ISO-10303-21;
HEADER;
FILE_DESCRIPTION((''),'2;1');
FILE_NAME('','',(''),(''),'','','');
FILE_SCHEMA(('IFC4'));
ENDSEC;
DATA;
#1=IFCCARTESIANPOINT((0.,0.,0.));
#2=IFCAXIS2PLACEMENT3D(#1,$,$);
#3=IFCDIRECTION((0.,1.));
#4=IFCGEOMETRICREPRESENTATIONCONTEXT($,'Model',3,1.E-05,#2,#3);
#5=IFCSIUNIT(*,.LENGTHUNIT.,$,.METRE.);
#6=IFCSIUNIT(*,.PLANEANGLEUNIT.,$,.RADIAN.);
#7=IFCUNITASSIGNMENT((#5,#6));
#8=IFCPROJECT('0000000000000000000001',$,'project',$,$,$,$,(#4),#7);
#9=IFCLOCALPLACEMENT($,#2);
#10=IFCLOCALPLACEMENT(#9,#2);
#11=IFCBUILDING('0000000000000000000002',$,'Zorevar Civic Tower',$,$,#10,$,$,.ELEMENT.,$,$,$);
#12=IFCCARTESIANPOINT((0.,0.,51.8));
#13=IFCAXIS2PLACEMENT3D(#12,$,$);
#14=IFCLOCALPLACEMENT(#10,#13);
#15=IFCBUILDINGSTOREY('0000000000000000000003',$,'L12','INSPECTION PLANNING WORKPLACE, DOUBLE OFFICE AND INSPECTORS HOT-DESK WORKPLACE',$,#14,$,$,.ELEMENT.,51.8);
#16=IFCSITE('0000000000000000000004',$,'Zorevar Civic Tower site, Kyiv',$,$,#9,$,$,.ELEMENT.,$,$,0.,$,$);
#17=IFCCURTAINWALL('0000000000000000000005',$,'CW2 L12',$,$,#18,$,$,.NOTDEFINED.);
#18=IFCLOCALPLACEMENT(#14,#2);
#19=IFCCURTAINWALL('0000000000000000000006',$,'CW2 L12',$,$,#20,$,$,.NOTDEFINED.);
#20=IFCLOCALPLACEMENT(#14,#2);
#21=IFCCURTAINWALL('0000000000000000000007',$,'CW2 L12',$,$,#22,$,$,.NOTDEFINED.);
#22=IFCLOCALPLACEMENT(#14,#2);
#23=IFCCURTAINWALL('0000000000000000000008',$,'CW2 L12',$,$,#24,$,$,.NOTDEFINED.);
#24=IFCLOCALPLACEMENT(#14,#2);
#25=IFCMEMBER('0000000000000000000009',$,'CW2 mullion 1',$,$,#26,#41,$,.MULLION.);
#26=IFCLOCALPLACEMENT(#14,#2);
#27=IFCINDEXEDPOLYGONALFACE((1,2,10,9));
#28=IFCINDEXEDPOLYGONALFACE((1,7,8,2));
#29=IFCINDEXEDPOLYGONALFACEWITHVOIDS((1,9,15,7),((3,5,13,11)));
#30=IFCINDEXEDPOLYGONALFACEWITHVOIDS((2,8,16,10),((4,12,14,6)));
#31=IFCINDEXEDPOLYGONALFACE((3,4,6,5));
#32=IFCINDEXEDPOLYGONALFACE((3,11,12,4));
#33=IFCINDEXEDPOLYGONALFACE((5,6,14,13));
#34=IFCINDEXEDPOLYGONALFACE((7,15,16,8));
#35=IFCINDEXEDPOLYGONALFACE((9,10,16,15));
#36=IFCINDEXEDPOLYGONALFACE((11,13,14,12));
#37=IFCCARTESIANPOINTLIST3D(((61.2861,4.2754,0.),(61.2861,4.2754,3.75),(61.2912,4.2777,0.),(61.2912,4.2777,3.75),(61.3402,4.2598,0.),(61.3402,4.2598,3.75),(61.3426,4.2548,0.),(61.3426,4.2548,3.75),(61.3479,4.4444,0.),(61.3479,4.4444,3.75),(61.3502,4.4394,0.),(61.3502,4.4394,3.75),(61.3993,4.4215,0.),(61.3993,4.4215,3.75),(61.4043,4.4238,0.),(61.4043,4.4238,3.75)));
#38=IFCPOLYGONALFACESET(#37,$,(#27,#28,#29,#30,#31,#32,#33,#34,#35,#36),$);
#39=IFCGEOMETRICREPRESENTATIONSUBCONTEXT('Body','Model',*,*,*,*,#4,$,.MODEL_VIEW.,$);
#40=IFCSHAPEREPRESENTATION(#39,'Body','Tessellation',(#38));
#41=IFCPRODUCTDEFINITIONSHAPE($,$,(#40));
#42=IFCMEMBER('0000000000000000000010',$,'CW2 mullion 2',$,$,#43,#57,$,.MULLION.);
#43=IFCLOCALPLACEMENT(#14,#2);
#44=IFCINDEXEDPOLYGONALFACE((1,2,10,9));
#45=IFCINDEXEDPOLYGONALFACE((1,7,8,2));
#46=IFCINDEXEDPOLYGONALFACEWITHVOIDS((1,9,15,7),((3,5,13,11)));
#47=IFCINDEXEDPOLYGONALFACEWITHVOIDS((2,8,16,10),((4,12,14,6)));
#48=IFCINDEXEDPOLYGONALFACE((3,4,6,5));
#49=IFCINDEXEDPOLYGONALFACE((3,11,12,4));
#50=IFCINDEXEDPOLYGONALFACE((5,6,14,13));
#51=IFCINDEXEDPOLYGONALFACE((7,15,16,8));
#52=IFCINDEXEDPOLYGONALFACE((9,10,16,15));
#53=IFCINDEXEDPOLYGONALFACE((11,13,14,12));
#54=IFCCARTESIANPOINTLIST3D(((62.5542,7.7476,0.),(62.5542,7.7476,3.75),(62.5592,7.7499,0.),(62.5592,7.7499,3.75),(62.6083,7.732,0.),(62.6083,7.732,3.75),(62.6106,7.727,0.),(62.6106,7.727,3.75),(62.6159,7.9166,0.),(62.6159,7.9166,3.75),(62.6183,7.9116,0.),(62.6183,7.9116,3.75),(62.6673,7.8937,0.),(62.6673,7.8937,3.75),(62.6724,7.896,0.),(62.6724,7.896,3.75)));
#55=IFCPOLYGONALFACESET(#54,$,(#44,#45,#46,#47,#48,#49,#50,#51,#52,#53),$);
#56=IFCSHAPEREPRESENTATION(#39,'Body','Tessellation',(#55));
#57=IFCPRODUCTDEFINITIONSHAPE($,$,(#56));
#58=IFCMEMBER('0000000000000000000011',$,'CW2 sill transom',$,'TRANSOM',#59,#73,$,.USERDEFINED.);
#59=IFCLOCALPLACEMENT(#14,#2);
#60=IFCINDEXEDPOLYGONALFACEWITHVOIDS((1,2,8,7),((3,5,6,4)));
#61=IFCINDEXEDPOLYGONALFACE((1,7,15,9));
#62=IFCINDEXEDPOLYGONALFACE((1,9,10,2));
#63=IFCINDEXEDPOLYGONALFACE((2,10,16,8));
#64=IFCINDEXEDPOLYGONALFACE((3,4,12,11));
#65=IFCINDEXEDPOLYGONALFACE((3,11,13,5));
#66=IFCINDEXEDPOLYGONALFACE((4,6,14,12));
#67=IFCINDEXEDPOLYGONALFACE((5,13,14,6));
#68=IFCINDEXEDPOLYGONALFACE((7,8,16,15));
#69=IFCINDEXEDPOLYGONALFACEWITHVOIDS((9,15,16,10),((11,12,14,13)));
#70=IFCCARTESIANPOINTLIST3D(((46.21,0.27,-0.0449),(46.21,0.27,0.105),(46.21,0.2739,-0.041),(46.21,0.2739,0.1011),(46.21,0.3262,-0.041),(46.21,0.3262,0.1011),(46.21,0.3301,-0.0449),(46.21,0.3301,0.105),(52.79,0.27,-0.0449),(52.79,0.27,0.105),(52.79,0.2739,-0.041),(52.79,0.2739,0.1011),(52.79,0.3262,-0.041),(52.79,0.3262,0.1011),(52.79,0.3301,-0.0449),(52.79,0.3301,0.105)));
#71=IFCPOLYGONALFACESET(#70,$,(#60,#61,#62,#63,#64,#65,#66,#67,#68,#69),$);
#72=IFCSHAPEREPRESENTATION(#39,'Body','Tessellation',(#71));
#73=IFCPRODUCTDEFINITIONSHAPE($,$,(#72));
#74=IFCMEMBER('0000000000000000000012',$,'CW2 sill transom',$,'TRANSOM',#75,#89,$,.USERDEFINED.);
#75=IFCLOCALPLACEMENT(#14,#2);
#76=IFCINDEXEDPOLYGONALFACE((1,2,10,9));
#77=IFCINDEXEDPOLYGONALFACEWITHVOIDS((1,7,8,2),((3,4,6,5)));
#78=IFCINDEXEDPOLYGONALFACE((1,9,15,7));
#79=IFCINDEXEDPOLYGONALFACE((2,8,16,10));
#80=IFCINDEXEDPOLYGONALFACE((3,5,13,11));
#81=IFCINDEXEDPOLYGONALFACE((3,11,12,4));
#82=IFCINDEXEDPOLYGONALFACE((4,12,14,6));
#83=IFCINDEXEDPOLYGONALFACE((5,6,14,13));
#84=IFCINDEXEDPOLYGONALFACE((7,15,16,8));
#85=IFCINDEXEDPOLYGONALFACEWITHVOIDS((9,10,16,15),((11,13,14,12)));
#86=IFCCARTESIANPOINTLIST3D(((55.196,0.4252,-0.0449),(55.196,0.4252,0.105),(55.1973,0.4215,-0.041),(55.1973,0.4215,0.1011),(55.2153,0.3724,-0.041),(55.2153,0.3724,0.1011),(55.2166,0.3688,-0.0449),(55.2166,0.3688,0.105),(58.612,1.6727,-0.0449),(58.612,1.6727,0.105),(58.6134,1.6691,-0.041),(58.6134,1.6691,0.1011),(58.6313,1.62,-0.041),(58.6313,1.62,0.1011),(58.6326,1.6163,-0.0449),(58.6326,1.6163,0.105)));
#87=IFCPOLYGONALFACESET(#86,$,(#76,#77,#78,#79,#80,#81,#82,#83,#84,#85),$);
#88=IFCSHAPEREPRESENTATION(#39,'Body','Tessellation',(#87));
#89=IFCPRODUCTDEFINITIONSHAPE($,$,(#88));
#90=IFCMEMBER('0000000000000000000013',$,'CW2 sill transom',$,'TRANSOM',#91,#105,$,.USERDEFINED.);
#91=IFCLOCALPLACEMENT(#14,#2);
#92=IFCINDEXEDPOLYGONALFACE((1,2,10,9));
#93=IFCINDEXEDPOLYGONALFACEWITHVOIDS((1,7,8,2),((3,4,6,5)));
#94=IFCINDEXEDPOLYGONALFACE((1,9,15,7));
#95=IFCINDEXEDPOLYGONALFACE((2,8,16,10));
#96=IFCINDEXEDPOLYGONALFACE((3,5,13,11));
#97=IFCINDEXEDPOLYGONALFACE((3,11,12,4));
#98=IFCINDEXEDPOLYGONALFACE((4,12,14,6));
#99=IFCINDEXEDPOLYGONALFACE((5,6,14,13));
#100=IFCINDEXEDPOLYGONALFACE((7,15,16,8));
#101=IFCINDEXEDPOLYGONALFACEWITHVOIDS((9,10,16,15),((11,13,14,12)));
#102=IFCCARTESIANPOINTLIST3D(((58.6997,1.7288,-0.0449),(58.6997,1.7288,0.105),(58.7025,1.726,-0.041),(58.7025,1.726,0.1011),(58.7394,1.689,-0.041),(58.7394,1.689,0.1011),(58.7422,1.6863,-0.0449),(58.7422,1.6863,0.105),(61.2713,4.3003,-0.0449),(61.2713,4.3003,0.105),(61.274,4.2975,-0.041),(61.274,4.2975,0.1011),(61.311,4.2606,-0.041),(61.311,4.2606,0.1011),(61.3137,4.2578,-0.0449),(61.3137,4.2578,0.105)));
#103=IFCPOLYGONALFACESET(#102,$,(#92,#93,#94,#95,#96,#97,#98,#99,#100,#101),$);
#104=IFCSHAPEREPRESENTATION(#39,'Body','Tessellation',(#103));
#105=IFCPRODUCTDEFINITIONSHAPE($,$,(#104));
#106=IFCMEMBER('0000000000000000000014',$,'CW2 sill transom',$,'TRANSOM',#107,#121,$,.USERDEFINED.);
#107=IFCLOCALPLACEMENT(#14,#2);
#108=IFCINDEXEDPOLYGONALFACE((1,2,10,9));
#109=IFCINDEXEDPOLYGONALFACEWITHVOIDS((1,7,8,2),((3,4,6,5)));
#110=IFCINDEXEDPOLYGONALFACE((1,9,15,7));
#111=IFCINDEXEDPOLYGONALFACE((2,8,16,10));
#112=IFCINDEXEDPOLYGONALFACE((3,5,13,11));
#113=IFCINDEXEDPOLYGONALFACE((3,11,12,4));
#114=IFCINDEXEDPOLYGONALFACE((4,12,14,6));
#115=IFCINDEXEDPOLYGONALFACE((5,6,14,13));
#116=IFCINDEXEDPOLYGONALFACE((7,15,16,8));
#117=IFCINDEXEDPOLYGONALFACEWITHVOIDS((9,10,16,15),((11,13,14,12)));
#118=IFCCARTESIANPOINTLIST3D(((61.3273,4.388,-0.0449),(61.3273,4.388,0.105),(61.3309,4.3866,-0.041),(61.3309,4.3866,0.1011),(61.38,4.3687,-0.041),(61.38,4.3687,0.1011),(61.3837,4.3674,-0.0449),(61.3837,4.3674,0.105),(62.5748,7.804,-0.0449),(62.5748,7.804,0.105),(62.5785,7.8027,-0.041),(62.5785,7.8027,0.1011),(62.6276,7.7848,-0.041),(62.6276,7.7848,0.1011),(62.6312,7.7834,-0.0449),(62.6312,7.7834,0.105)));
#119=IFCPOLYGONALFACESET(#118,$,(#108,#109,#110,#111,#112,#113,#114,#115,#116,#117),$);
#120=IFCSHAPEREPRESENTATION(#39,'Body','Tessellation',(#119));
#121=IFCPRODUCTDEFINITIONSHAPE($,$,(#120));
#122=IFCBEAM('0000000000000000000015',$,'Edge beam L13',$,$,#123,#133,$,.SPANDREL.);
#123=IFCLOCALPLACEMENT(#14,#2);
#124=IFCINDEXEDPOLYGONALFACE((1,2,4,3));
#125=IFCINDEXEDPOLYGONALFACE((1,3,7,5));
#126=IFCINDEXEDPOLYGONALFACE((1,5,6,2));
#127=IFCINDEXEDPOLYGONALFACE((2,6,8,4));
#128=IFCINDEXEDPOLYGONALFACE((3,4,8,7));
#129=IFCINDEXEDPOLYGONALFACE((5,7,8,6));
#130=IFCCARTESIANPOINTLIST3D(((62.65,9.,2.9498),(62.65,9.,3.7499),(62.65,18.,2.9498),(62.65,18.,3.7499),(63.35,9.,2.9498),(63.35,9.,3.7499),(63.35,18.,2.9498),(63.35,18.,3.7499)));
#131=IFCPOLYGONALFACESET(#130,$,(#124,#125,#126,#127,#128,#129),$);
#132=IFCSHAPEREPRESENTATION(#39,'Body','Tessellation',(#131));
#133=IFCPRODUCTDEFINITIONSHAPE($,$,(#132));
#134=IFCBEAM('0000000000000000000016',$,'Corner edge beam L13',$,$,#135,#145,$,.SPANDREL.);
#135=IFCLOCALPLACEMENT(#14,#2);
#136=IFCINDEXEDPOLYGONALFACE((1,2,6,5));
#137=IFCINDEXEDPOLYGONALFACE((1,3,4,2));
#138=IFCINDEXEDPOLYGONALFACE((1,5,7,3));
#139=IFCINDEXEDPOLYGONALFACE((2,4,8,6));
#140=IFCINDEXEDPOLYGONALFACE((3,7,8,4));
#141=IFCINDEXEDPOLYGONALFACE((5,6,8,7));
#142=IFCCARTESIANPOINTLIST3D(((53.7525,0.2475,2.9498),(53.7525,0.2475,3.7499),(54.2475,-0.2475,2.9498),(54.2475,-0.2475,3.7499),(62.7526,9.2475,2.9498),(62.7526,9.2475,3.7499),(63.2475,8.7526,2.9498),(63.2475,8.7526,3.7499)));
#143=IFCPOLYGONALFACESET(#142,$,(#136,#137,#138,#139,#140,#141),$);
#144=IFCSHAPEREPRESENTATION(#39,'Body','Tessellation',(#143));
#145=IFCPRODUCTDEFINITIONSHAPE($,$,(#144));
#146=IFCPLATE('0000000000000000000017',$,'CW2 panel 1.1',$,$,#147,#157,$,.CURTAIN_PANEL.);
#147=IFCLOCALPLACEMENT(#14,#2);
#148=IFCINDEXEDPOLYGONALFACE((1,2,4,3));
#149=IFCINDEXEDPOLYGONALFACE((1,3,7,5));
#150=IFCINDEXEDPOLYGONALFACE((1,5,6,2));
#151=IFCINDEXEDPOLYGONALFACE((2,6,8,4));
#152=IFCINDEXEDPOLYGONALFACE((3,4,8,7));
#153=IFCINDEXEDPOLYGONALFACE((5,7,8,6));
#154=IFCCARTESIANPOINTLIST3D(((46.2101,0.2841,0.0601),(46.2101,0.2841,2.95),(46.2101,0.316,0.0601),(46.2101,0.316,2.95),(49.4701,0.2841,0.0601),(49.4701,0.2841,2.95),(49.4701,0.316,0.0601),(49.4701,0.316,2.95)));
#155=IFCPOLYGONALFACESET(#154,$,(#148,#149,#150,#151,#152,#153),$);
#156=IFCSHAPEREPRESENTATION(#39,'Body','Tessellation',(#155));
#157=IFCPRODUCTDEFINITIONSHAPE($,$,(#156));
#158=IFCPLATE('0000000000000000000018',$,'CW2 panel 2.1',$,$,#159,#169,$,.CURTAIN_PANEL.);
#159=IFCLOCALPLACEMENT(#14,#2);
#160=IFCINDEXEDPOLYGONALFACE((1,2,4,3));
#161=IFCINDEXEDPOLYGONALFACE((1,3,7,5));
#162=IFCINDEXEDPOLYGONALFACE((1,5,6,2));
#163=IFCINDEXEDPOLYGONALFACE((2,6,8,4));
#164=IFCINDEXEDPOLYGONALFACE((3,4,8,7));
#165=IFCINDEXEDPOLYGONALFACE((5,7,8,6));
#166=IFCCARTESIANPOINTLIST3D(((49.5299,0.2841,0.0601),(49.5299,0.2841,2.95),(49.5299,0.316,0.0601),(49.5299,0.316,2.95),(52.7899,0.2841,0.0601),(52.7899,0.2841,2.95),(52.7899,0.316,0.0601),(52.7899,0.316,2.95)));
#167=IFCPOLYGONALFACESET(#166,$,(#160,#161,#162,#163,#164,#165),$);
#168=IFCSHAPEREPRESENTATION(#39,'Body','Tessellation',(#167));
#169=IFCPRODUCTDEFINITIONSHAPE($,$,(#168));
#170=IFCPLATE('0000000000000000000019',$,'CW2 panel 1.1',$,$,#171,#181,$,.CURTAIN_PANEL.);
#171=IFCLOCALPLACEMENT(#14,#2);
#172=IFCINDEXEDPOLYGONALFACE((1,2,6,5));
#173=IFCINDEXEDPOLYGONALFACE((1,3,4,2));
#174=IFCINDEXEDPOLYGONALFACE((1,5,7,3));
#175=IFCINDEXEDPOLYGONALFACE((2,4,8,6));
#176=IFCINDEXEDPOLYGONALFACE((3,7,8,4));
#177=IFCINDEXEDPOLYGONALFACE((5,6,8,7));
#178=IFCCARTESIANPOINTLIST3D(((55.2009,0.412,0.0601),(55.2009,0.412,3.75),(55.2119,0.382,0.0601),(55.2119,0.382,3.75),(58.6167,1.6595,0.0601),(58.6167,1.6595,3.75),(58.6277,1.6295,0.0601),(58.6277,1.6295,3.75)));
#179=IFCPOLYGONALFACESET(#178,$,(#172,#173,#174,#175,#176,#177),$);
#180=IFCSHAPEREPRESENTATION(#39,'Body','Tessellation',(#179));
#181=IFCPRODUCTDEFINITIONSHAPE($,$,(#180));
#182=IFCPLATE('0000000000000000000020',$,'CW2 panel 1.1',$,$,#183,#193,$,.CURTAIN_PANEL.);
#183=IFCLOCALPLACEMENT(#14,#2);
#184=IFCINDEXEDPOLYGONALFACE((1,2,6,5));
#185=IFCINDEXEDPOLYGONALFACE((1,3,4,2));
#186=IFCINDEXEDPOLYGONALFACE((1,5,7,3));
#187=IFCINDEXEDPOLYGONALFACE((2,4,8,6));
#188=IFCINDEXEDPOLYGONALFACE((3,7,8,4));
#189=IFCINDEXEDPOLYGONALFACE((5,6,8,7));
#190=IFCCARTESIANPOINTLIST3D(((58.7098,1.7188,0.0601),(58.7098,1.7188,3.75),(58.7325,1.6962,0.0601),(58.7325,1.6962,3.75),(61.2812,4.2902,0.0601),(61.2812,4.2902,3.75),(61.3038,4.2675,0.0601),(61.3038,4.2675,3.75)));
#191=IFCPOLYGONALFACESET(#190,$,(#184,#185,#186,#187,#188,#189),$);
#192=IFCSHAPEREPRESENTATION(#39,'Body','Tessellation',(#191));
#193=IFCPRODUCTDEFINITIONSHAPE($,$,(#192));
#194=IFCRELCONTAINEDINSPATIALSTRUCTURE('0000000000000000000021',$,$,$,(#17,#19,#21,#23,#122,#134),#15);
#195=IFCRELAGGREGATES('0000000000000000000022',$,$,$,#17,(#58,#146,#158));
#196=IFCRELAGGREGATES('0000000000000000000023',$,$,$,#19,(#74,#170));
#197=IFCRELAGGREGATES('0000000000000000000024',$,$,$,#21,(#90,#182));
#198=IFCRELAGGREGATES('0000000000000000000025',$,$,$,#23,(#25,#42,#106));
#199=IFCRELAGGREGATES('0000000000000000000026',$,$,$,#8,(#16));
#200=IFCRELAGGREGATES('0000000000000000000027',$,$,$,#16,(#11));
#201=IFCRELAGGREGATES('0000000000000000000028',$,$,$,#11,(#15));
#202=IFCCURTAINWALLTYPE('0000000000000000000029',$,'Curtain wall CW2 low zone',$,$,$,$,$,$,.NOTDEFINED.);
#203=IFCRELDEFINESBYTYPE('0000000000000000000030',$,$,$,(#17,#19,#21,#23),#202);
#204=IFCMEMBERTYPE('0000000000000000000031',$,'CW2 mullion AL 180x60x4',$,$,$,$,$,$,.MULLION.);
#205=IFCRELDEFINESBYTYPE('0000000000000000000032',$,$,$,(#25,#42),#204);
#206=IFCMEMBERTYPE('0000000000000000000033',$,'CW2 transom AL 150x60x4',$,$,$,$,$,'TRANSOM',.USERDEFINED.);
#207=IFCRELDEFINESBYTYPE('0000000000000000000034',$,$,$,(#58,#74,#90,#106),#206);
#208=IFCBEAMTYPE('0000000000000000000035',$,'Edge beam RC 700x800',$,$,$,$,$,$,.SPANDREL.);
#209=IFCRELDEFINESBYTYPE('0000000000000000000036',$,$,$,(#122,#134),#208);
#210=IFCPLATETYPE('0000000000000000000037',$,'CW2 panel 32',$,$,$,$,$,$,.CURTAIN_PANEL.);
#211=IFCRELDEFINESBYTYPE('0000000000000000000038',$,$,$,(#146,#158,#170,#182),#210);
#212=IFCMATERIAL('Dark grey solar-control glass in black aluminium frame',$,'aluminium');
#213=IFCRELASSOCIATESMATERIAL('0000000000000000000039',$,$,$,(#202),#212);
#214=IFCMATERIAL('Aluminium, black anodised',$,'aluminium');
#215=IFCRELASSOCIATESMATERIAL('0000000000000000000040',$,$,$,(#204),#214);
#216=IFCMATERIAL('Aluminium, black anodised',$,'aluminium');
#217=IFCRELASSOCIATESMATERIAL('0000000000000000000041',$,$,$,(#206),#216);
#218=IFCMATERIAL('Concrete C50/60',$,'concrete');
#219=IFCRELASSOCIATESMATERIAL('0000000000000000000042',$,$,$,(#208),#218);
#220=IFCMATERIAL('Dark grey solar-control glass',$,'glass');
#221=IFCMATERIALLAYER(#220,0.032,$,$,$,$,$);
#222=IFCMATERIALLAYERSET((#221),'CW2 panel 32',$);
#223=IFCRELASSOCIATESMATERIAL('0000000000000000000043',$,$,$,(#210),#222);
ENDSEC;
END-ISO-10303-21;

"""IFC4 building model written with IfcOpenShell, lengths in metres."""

from ifc_helpers import new_model, si_unit, direction, frame, origin, origin_2d, place, context, subcontext, project, spatial, rectangle, hollow_rectangle, extrude, material, layer, layer_set, material_profile, profile_set, type_object, element, aggregate, save


model = new_model("IFC4")

# Units and contexts
model_context = context("Model", 3, precision=1e-05, world=origin(), true_north=direction((0.0, 1.0)))
body_context = subcontext(model_context, "Body", "Model", "MODEL_VIEW")
ifc_project = project(units=[si_unit("LENGTHUNIT", "METRE"), si_unit("PLANEANGLEUNIT", "RADIAN")], contexts=[model_context])

# Site, building, storey
site_placement = place(None, origin())
site = spatial("IfcSite", under=ifc_project, at=site_placement, Name="Zorevar Civic Tower site, Kyiv", CompositionType="ELEMENT", RefElevation=0.0)
building_placement = place(site_placement, origin())
building = spatial("IfcBuilding", under=site, at=building_placement, Name="Zorevar Civic Tower", CompositionType="ELEMENT")
storey_placement = place(building_placement, frame((0.0, 0.0, 51.8)))
storey = spatial("IfcBuildingStorey", under=building, at=storey_placement, Name="L12", Description="INSPECTION PLANNING WORKPLACE, DOUBLE OFFICE AND INSPECTORS HOT-DESK WORKPLACE", CompositionType="ELEMENT", Elevation=51.8)

# Curtain walls, members
ifc_material_1 = material(Name="Dark grey solar-control glass in black aluminium frame", Category="aluminium")
curtain_wall_type = type_object("IfcCurtainWallType", Name="Curtain wall CW2 low zone", PredefinedType="NOTDEFINED", material=ifc_material_1)
curtain_wall_1_placement = place(storey_placement, origin())
curtain_wall_1 = element("IfcCurtainWall", 1, at=curtain_wall_1_placement, inside=storey, type_object=curtain_wall_type, Name="CW2 L12", PredefinedType="NOTDEFINED")
ifc_material_2 = material(Name="Aluminium, black anodised", Category="aluminium")
ifc_material_profile_1 = material_profile(ifc_material_2, hollow_rectangle(XDim=0.0601, YDim=0.1799, WallThickness=0.0039, at=origin_2d()), Name="AL 180x60x4")
ifc_profile_set_1 = profile_set([ifc_material_profile_1], Name="Aluminium, black anodised")
member_type_1 = type_object("IfcMemberType", Name="CW2 mullion AL 180x60x4", PredefinedType="MULLION", material=ifc_profile_set_1)
curtain_wall_2_placement = place(storey_placement, origin())
curtain_wall_2 = element("IfcCurtainWall", 2, at=curtain_wall_2_placement, inside=storey, type_object=curtain_wall_type, Name="CW2 L12", PredefinedType="NOTDEFINED")
curtain_wall_3_placement = place(storey_placement, origin())
curtain_wall_3 = element("IfcCurtainWall", 3, at=curtain_wall_3_placement, inside=storey, type_object=curtain_wall_type, Name="CW2 L12", PredefinedType="NOTDEFINED")
curtain_wall_4_placement = place(storey_placement, origin())
curtain_wall_4 = element("IfcCurtainWall", 4, at=curtain_wall_4_placement, inside=storey, type_object=curtain_wall_type, Name="CW2 L12", PredefinedType="NOTDEFINED")
member_1_placement = place(storey_placement, frame((61.3452, 4.3496, 0.0), z_axis=(0.0, 0.0, 1.0), x_axis=(-0.939313, 0.34306, 0.0)))
member_1 = element("IfcMember", 5, at=member_1_placement, type_object=member_type_1, Name="CW2 mullion 1", PredefinedType="MULLION", context=body_context, shape_type="SweptSolid", body=[
    extrude(hollow_rectangle(XDim=0.0601, YDim=0.1799, WallThickness=0.0039, at=origin_2d()), origin(), (0.0, 0.0, 1.0), 3.75),
])
member_2_placement = place(storey_placement, frame((62.6133, 7.8218, 0.0), z_axis=(0.0, 0.0, 1.0), x_axis=(-0.939313, 0.34306, 0.0)))
member_2 = element("IfcMember", 6, at=member_2_placement, type_object=member_type_1, Name="CW2 mullion 2", PredefinedType="MULLION", context=body_context, shape_type="SweptSolid", body=[
    extrude(hollow_rectangle(XDim=0.0601, YDim=0.1799, WallThickness=0.0039, at=origin_2d()), origin(), (0.0, 0.0, 1.0), 3.75),
])

# Members
ifc_material_3 = material(Name="Aluminium, black anodised", Category="aluminium")
ifc_material_profile_2 = material_profile(ifc_material_3, hollow_rectangle(XDim=0.0601, YDim=0.1499, WallThickness=0.0039, at=origin_2d()), Name="AL 150x60x4")
ifc_profile_set_2 = profile_set([ifc_material_profile_2], Name="Aluminium, black anodised")
member_type_2 = type_object("IfcMemberType", Name="CW2 transom AL 150x60x4", ElementType="TRANSOM", PredefinedType="USERDEFINED", material=ifc_profile_set_2)
member_3_placement = place(storey_placement, frame((46.21, 0.3, 0.03), z_axis=(1.0, 0.0, 0.0), x_axis=(0.0, 1.0, 0.0)))
member_3 = element("IfcMember", 7, at=member_3_placement, type_object=member_type_2, Name="CW2 sill transom", ObjectType="TRANSOM", PredefinedType="USERDEFINED", context=body_context, shape_type="SweptSolid", body=[
    extrude(hollow_rectangle(XDim=0.0601, YDim=0.1499, WallThickness=0.0039, at=origin_2d()), origin(), (0.0, 0.0, 1.0), 6.5801),
])
member_4_placement = place(storey_placement, frame((55.2063, 0.397, 0.03), z_axis=(0.939318, 0.343047, 0.0), x_axis=(-0.343047, 0.939318, 0.0)))
member_4 = element("IfcMember", 8, at=member_4_placement, type_object=member_type_2, Name="CW2 sill transom", ObjectType="TRANSOM", PredefinedType="USERDEFINED", context=body_context, shape_type="SweptSolid", body=[
    extrude(hollow_rectangle(XDim=0.0601, YDim=0.1499, WallThickness=0.0039, at=origin_2d()), origin(), (0.0, 0.0, 1.0), 3.6367),
])
member_5_placement = place(storey_placement, frame((58.7209, 1.7075, 0.03), z_axis=(0.707107, 0.707107, 0.0), x_axis=(-0.707107, 0.707107, 0.0)))
member_5 = element("IfcMember", 9, at=member_5_placement, type_object=member_type_2, Name="CW2 sill transom", ObjectType="TRANSOM", PredefinedType="USERDEFINED", context=body_context, shape_type="SweptSolid", body=[
    extrude(hollow_rectangle(XDim=0.0601, YDim=0.1499, WallThickness=0.0039, at=origin_2d()), origin(), (0.0, 0.0, 1.0), 3.6367),
])
member_6_placement = place(storey_placement, frame((61.3555, 4.3777, 0.03), z_axis=(0.343047, 0.939318, 0.0), x_axis=(-0.939318, 0.343047, 0.0)))
member_6 = element("IfcMember", 10, at=member_6_placement, type_object=member_type_2, Name="CW2 sill transom", ObjectType="TRANSOM", PredefinedType="USERDEFINED", context=body_context, shape_type="SweptSolid", body=[
    extrude(hollow_rectangle(XDim=0.0601, YDim=0.1499, WallThickness=0.0039, at=origin_2d()), origin(), (0.0, 0.0, 1.0), 3.6367),
])

# Beams
ifc_material_4 = material(Name="Concrete C50/60", Category="concrete")
ifc_material_profile_3 = material_profile(ifc_material_4, rectangle(XDim=0.7, YDim=0.8, at=origin_2d()), Name="RC 700x800")
ifc_profile_set_3 = profile_set([ifc_material_profile_3], Name="Concrete C50/60")
beam_type_1 = type_object("IfcBeamType", Name="Edge beam RC 700x800", PredefinedType="SPANDREL", material=ifc_profile_set_3)
beam_1_placement = place(storey_placement, frame((63.0, 9.0, 3.3499), z_axis=(0.0, 1.0, 0.0), x_axis=(-1.0, 0.0, 0.0)))
element("IfcBeam", 11, at=beam_1_placement, inside=storey, type_object=beam_type_1, Name="Edge beam L13", PredefinedType="SPANDREL", context=body_context, shape_type="SweptSolid", body=[
    extrude(rectangle(XDim=0.7, YDim=0.8, at=origin_2d()), origin(), (0.0, 0.0, 1.0), 9.0),
])
beam_2_placement = place(storey_placement, frame((54.0, 0.0, 3.3499), z_axis=(0.707107, 0.707107, 0.0), x_axis=(-0.707107, 0.707107, 0.0)))
element("IfcBeam", 12, at=beam_2_placement, inside=storey, type_object=beam_type_1, Name="Corner edge beam L13", PredefinedType="SPANDREL", context=body_context, shape_type="SweptSolid", body=[
    extrude(rectangle(XDim=0.7, YDim=0.8, at=origin_2d()), origin(), (0.0, 0.0, 1.0), 12.728),
])

# Plates
ifc_material_5 = material(Name="Dark grey solar-control glass", Category="glass")
ifc_layer_1 = layer(ifc_material_5, 0.032)
ifc_layer_set_1 = layer_set([ifc_layer_1], Name="CW2 panel 32")
plate_type = type_object("IfcPlateType", Name="CW2 panel 32", PredefinedType="CURTAIN_PANEL", material=ifc_layer_set_1)
plate_1_placement = place(storey_placement, frame((47.8401, 0.3, 0.0601), z_axis=(0.0, 0.0, 1.0), x_axis=(1.0, 0.0, 0.0)))
plate_1 = element("IfcPlate", 13, at=plate_1_placement, type_object=plate_type, Name="CW2 panel 1.1", PredefinedType="CURTAIN_PANEL", context=body_context, shape_type="SweptSolid", body=[
    extrude(rectangle(XDim=3.26, YDim=0.032, at=origin_2d()), origin(), (0.0, 0.0, 1.0), 2.8899),
])
plate_2_placement = place(storey_placement, frame((51.1599, 0.3, 0.0601), z_axis=(0.0, 0.0, 1.0), x_axis=(1.0, 0.0, 0.0)))
plate_2 = element("IfcPlate", 14, at=plate_2_placement, type_object=plate_type, Name="CW2 panel 2.1", PredefinedType="CURTAIN_PANEL", context=body_context, shape_type="SweptSolid", body=[
    extrude(rectangle(XDim=3.26, YDim=0.032, at=origin_2d()), origin(), (0.0, 0.0, 1.0), 2.8899),
])
aggregate(curtain_wall_1, [member_3, plate_1, plate_2])
plate_3_placement = place(storey_placement, frame((56.9143, 1.0208, 0.0601), z_axis=(0.0, 0.0, 1.0), x_axis=(0.939313, 0.34306, 0.0)))
plate_3 = element("IfcPlate", 15, at=plate_3_placement, type_object=plate_type, Name="CW2 panel 1.1", PredefinedType="CURTAIN_PANEL", context=body_context, shape_type="SweptSolid", body=[
    extrude(rectangle(XDim=3.6365, YDim=0.032, at=origin_2d()), origin(), (0.0, 0.0, 1.0), 3.6899),
])
aggregate(curtain_wall_2, [member_4, plate_3])
plate_4_placement = place(storey_placement, frame((60.0068, 2.9932, 0.0601), z_axis=(0.0, 0.0, 1.0), x_axis=(0.707107, 0.707107, 0.0)))
plate_4 = element("IfcPlate", 16, at=plate_4_placement, type_object=plate_type, Name="CW2 panel 1.1", PredefinedType="CURTAIN_PANEL", context=body_context, shape_type="SweptSolid", body=[
    extrude(rectangle(XDim=3.6365, YDim=0.032, at=origin_2d()), origin(), (0.0, 0.0, 1.0), 3.6899),
])
aggregate(curtain_wall_3, [member_5, plate_4])
aggregate(curtain_wall_4, [member_1, member_2, member_6])

save(model, "model.ifc")
